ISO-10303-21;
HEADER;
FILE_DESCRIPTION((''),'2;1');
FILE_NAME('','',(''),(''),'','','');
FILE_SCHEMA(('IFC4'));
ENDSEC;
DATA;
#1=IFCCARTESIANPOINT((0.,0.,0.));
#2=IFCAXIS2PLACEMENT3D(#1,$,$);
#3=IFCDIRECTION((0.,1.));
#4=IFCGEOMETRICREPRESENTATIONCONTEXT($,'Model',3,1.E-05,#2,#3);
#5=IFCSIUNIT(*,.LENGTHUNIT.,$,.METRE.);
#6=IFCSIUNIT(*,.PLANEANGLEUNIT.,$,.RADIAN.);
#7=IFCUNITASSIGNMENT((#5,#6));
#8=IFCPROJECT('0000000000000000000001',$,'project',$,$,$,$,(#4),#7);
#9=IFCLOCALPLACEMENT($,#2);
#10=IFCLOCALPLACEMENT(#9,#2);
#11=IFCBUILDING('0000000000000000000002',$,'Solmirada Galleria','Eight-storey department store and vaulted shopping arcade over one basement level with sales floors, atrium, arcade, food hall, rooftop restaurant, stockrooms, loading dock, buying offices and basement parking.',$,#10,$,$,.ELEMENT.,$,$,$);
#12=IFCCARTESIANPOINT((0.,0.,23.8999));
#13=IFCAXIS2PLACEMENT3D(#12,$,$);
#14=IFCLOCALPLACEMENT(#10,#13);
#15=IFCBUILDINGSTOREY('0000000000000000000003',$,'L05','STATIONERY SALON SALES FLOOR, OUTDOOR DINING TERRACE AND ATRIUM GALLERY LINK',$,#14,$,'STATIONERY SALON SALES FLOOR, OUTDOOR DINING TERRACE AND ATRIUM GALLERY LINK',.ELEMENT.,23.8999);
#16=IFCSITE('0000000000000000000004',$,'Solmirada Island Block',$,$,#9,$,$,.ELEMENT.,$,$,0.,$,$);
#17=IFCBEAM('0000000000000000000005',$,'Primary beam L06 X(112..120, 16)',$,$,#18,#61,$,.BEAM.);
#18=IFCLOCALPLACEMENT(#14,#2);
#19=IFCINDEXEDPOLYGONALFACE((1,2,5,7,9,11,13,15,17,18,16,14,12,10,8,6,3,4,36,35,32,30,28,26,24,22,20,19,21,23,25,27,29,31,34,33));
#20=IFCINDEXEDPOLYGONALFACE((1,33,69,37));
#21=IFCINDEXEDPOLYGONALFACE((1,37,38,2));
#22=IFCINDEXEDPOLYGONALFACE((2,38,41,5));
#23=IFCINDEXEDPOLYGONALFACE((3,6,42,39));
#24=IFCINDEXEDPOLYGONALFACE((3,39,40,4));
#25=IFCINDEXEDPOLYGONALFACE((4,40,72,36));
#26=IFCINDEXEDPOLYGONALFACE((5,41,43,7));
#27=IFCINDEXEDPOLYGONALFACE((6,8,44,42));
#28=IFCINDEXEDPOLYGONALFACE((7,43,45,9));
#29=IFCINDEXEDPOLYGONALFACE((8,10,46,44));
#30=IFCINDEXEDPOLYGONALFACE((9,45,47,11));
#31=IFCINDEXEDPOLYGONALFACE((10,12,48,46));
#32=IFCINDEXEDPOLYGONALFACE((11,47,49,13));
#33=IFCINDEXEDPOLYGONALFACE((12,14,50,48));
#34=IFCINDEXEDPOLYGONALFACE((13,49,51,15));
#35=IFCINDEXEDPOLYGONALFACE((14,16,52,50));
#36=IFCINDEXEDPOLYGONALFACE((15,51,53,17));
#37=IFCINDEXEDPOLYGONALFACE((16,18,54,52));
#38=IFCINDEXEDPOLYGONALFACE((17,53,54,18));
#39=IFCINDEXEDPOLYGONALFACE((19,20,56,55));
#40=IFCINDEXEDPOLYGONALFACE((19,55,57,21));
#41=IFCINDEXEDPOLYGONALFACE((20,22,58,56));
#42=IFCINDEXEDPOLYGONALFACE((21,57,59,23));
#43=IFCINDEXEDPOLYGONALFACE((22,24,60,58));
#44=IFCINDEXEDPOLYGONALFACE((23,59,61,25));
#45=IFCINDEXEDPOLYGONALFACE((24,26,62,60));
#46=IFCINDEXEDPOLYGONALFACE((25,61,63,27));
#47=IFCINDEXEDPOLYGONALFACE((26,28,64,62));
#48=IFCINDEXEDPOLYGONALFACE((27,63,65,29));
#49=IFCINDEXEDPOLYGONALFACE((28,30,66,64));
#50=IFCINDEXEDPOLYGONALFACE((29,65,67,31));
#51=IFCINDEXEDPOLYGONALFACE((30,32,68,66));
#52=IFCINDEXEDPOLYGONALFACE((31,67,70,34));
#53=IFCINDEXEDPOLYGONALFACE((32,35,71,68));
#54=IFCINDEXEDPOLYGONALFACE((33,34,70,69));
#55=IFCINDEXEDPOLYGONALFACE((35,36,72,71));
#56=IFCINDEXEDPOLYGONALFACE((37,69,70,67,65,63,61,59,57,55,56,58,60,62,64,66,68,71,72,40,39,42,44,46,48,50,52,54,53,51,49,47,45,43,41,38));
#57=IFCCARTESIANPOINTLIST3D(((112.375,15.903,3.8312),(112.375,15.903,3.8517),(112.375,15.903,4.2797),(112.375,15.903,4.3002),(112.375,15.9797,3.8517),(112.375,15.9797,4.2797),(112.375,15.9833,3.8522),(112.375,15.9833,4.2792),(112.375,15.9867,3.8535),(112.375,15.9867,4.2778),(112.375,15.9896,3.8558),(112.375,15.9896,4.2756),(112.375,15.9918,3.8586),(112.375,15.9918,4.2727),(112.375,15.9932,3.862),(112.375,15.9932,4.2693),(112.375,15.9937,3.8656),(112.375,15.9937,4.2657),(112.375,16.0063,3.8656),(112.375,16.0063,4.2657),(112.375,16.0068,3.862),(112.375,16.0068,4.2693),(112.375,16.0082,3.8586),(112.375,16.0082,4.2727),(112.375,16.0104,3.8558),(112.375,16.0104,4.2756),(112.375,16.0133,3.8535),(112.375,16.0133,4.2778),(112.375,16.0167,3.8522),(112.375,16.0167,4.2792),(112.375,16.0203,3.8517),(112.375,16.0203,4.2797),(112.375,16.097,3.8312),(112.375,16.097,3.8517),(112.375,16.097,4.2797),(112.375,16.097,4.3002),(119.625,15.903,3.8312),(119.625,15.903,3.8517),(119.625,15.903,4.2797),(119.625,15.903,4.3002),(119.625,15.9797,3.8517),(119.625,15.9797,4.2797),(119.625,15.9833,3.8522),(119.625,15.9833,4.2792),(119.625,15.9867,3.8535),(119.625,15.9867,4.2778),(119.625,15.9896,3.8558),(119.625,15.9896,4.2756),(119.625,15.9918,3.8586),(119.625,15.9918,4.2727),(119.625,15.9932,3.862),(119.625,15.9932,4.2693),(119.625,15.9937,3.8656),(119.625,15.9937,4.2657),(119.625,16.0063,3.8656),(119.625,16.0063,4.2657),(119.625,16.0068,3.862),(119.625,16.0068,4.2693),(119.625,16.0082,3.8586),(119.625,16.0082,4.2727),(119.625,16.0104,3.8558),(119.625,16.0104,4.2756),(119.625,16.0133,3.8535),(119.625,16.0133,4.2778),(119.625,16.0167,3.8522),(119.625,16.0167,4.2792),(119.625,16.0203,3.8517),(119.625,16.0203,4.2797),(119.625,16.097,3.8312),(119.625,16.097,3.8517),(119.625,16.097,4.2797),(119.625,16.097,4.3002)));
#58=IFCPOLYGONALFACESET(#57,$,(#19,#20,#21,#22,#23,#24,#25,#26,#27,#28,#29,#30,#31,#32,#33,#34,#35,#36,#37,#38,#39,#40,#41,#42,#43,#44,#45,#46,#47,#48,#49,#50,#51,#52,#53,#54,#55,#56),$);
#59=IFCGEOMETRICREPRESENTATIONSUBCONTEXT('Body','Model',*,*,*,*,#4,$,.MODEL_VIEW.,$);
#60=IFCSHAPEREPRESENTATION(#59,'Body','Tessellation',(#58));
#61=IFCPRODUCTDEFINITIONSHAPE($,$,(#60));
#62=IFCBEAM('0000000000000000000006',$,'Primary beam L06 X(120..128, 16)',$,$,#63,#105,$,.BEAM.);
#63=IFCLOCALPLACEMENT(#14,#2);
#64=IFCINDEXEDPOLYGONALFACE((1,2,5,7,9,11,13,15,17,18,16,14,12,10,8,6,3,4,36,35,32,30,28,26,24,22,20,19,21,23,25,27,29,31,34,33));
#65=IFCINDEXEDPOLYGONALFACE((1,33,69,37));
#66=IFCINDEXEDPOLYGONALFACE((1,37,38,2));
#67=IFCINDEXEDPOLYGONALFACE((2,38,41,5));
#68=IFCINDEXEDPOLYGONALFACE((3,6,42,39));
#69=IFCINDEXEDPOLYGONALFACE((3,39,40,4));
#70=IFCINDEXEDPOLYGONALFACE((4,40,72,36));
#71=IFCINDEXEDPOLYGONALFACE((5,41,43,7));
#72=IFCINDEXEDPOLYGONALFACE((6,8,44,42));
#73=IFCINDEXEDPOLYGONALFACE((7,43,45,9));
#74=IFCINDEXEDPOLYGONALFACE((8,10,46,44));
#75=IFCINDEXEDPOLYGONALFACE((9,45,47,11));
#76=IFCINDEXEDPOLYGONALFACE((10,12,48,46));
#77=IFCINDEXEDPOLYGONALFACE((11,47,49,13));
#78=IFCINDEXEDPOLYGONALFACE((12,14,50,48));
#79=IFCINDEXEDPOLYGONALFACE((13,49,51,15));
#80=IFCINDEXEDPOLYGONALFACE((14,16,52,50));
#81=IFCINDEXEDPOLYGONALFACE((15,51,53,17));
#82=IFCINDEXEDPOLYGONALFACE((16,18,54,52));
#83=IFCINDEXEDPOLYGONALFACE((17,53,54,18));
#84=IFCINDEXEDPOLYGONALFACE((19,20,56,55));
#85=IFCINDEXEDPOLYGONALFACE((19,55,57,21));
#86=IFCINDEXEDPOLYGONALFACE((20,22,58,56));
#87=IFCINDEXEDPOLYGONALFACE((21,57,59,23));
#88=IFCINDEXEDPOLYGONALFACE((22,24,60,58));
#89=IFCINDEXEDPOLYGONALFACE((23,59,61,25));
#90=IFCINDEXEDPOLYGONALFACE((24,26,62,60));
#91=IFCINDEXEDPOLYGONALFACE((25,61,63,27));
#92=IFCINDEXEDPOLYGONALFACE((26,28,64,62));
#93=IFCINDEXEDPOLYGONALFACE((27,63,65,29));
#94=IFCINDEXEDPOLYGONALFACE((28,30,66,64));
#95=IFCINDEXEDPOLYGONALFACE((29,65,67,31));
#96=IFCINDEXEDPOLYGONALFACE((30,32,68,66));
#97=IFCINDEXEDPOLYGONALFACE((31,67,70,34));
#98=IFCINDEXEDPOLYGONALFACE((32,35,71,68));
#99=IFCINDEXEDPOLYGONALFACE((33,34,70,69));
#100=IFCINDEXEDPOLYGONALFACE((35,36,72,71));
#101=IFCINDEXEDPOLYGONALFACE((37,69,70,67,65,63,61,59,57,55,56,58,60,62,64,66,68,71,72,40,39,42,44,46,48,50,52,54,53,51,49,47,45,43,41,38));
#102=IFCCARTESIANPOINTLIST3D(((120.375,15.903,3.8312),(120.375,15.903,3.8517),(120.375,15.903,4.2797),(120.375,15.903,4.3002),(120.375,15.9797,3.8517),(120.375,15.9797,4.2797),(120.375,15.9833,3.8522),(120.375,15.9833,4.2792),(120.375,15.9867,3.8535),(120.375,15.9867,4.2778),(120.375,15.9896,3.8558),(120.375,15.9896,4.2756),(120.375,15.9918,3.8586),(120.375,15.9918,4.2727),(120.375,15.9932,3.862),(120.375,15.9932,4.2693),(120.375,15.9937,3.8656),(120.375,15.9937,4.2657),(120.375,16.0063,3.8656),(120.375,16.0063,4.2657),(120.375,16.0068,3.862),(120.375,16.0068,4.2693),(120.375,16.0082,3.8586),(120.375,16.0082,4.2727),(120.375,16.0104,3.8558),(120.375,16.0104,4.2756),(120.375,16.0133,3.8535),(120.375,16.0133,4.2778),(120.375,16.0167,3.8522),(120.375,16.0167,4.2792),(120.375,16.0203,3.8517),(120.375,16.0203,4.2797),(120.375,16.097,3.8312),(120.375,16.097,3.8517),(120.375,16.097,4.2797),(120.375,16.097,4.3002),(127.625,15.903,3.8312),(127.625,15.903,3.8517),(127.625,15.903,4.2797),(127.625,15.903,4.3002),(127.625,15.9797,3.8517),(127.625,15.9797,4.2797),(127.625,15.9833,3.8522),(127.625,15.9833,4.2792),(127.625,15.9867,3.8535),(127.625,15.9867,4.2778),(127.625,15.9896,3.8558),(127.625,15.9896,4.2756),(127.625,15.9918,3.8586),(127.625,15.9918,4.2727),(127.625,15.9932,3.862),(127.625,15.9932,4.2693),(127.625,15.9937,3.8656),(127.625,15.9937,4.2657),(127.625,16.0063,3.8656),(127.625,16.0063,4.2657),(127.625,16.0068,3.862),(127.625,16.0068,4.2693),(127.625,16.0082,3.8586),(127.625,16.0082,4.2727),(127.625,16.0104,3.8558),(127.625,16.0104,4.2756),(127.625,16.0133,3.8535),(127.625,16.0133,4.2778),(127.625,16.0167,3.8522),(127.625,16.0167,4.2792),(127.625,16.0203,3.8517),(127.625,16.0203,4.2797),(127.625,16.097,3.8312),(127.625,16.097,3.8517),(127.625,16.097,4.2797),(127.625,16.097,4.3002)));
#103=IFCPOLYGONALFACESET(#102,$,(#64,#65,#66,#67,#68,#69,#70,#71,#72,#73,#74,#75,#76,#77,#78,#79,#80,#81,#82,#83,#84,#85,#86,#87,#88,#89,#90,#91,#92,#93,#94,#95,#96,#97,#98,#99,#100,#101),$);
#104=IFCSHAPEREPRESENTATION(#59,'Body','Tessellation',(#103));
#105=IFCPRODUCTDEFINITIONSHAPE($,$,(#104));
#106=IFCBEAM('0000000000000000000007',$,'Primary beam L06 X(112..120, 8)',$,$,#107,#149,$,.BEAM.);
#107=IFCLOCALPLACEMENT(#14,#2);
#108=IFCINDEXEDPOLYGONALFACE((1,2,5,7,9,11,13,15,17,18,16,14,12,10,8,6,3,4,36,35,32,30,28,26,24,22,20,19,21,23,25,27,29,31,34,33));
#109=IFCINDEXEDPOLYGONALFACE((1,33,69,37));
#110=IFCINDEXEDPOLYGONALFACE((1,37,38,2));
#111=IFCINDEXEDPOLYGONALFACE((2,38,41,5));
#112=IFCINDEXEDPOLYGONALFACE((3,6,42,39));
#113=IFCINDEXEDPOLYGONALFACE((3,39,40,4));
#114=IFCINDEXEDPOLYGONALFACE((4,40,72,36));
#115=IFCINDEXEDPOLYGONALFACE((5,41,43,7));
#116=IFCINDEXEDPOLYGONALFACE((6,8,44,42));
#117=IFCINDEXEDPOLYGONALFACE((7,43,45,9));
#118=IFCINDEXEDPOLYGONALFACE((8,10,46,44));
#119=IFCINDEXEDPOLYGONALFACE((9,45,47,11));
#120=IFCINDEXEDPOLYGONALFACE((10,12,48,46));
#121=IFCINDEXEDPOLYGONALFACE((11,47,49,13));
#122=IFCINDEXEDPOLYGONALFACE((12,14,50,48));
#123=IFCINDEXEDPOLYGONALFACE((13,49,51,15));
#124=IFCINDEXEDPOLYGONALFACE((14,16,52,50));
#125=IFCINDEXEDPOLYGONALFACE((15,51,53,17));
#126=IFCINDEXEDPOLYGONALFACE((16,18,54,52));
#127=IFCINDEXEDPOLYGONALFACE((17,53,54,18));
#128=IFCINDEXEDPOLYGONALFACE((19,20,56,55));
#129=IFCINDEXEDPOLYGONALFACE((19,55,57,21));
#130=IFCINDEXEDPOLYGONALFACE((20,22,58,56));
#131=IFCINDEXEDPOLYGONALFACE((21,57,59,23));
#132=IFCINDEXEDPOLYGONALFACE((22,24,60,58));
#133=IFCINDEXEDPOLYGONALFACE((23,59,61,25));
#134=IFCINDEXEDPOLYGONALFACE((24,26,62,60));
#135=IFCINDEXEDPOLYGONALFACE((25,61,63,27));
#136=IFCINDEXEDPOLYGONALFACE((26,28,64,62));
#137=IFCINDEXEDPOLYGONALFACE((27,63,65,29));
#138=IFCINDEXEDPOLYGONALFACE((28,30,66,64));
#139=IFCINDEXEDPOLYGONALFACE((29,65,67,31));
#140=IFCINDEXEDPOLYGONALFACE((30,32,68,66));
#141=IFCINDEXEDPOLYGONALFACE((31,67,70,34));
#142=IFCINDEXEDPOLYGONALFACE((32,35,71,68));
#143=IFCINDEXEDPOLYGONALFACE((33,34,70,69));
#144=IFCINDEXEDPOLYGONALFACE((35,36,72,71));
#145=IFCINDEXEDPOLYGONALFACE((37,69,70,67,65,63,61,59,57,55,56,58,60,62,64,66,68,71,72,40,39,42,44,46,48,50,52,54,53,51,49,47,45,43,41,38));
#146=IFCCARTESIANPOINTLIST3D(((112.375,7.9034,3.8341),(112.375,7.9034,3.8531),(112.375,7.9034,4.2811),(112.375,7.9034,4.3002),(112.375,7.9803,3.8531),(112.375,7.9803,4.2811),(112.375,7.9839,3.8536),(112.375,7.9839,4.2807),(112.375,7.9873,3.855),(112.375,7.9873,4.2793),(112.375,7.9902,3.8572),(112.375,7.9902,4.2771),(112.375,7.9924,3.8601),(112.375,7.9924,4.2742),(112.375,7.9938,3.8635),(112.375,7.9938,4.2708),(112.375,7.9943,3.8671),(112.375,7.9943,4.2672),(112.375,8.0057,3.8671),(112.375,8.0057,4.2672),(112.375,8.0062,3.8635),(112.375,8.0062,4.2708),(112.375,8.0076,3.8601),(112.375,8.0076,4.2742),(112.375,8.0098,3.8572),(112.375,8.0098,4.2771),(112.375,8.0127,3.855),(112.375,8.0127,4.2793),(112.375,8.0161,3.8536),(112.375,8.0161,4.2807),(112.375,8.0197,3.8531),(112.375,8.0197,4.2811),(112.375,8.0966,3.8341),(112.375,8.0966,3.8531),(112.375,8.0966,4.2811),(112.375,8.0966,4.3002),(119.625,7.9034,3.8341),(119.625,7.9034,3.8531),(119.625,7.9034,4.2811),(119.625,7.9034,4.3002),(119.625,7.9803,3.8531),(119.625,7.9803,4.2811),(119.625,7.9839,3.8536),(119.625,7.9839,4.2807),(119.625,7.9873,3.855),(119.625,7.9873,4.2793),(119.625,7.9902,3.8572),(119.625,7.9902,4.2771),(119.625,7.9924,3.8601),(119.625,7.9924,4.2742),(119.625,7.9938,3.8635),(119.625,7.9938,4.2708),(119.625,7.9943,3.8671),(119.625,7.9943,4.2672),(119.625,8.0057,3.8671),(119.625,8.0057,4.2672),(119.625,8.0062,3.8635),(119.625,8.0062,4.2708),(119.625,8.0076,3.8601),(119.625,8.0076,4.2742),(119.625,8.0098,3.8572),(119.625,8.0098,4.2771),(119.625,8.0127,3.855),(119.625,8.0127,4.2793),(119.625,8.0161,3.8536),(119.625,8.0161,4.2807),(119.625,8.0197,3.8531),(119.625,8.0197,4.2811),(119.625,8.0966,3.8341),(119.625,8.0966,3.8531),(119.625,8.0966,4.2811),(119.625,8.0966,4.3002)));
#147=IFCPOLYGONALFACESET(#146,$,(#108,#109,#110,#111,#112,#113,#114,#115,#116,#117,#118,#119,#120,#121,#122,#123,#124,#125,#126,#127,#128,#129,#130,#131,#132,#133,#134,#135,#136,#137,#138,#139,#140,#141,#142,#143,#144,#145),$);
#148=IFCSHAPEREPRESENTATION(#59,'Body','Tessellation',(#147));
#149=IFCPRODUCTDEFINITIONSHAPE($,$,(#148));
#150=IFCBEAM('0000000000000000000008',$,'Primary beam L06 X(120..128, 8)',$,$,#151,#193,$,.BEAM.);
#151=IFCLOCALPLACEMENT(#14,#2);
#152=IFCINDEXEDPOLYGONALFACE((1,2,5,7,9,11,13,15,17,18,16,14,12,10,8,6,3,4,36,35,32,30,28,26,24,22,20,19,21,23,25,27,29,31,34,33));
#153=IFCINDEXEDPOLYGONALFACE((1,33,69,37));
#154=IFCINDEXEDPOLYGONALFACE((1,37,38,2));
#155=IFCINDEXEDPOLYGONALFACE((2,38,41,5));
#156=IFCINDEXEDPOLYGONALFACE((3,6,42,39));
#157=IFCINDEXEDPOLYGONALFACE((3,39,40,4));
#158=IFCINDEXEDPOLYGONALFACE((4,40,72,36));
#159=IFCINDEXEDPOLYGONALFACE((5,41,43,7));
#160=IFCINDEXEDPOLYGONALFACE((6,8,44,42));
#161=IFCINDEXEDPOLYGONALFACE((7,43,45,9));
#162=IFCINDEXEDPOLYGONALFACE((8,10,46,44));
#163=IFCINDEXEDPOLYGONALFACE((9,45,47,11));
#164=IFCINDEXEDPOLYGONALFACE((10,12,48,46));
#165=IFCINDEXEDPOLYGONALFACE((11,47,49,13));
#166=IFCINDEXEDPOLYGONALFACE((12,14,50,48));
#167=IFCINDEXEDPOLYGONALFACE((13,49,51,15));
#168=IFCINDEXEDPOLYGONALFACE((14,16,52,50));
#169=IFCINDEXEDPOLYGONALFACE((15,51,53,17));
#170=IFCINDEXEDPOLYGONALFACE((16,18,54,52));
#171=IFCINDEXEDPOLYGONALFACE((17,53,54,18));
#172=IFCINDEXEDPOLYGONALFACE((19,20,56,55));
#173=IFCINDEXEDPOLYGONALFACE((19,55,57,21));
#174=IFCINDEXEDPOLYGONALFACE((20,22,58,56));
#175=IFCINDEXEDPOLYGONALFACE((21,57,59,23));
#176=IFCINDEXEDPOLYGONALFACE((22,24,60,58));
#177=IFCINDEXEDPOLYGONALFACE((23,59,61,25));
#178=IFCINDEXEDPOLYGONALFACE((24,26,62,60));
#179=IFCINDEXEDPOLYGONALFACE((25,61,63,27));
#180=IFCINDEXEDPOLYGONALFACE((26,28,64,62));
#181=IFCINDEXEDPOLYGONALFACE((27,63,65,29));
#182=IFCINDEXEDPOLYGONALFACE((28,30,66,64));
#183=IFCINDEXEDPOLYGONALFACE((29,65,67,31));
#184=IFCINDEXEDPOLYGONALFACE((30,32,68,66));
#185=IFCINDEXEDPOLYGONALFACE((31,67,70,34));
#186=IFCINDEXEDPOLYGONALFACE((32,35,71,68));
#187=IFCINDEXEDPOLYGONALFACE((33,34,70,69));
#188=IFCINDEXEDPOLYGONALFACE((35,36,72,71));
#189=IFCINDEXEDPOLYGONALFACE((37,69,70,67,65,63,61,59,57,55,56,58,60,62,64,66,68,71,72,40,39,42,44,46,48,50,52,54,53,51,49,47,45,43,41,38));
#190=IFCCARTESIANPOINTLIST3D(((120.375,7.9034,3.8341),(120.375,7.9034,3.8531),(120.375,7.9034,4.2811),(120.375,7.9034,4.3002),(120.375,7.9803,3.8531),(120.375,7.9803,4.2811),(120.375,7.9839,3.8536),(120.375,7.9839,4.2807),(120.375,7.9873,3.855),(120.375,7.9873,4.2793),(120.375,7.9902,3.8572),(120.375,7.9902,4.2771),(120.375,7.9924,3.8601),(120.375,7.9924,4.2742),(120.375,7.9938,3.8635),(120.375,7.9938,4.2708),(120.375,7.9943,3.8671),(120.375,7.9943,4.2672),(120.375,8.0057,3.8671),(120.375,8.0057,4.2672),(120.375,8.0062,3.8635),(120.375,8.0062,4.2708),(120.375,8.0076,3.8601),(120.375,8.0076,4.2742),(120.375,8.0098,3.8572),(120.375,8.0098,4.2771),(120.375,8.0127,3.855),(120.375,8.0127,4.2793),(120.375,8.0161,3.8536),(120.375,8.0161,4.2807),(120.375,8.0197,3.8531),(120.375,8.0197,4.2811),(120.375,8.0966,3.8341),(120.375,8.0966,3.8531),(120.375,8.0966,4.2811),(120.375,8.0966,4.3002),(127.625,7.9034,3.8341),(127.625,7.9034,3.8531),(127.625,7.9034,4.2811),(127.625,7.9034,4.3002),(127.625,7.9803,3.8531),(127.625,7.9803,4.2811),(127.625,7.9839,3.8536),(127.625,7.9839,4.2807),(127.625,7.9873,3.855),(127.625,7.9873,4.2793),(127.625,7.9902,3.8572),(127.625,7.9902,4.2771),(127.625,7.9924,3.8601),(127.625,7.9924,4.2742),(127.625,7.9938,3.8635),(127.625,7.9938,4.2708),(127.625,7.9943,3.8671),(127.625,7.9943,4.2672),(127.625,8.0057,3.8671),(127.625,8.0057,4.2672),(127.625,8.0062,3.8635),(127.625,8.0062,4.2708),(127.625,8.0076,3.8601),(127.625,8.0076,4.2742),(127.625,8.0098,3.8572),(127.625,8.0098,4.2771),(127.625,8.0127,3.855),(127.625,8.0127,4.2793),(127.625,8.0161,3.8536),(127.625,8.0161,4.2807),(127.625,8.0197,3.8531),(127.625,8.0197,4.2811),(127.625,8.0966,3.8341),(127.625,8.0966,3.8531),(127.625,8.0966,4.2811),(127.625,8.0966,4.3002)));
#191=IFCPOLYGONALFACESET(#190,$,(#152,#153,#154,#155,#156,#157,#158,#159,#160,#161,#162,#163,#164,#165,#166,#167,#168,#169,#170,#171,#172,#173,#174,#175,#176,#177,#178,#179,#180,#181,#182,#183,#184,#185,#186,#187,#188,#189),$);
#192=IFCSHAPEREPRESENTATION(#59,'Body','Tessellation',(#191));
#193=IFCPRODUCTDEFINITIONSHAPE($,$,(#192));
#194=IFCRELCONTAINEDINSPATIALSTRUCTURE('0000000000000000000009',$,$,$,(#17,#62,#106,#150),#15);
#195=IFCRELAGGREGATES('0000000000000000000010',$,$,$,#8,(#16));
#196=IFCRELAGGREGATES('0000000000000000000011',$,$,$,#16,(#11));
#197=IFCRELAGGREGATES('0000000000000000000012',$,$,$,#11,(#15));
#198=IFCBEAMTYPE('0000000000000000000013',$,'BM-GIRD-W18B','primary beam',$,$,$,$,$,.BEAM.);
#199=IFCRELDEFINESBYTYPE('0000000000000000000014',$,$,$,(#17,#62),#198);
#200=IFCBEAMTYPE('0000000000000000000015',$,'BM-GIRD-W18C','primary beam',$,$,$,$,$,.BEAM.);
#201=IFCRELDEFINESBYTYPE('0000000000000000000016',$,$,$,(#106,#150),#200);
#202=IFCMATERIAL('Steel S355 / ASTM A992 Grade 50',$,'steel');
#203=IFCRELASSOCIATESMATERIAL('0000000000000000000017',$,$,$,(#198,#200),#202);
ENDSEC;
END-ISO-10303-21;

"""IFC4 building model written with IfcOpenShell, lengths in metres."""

from ifc_helpers import new_model, si_unit, direction, frame, origin, origin_2d, place, context, subcontext, project, spatial, i_section, extrude, material, material_profile, profile_set, type_object, element, save


model = new_model("IFC4")

# Units and contexts
model_context = context("Model", 3, precision=1e-05, world=origin(), true_north=direction((0.0, 1.0)))
body_context = subcontext(model_context, "Body", "Model", "MODEL_VIEW")
ifc_project = project(units=[si_unit("LENGTHUNIT", "METRE"), si_unit("PLANEANGLEUNIT", "RADIAN")], contexts=[model_context])

# Site, building, storey
site_placement = place(None, origin())
site = spatial("IfcSite", under=ifc_project, at=site_placement, Name="Solmirada Island Block", CompositionType="ELEMENT", RefElevation=0.0)
building_placement = place(site_placement, origin())
building = spatial("IfcBuilding", under=site, at=building_placement, Name="Solmirada Galleria", Description="Eight-storey department store and vaulted shopping arcade over one basement level with sales floors, atrium, arcade, food hall, rooftop restaurant, stockrooms, loading dock, buying offices and basement parking.", CompositionType="ELEMENT")
storey_placement = place(building_placement, frame((0.0, 0.0, 23.8999)))
storey = spatial("IfcBuildingStorey", under=building, at=storey_placement, Name="L05", Description="STATIONERY SALON SALES FLOOR, OUTDOOR DINING TERRACE AND ATRIUM GALLERY LINK", LongName="STATIONERY SALON SALES FLOOR, OUTDOOR DINING TERRACE AND ATRIUM GALLERY LINK", CompositionType="ELEMENT", Elevation=23.8999)

# Beams
ifc_material_1 = material(Name="Steel S355 / ASTM A992 Grade 50", Category="steel")
ifc_material_profile_1 = material_profile(ifc_material_1, i_section(OverallWidth=0.1941, OverallDepth=0.469, WebThickness=0.0127, FlangeThickness=0.0205, FilletRadius=0.0139, at=origin_2d()), Name="W18X71")
ifc_profile_set_1 = profile_set([ifc_material_profile_1], Name="Steel S355 / ASTM A992 Grade 50")
beam_type_1 = type_object("IfcBeamType", Name="BM-GIRD-W18B", Description="primary beam", PredefinedType="BEAM", material=ifc_profile_set_1)
for number, where, z_axis, x_axis, name in (
    (1, (112.375, 16.0, 4.0657), (1.0, 0.0, 0.0), (0.0, 1.0, 0.0), "Primary beam L06 X(112..120, 16)"),
    (2, (120.375, 16.0, 4.0657), (1.0, 0.0, 0.0), (0.0, 1.0, 0.0), "Primary beam L06 X(120..128, 16)"),
):
    element("IfcBeam", number, at=place(storey_placement, frame(where, z_axis=z_axis, x_axis=x_axis)), inside=storey, type_object=beam_type_1, Name=name, PredefinedType="BEAM", context=body_context, shape_type="SweptSolid", body=[
        extrude(i_section(OverallWidth=0.1941, OverallDepth=0.469, WebThickness=0.0127, FlangeThickness=0.0205, FilletRadius=0.0139, at=origin_2d()), origin(), (0.0, 0.0, 1.0), 7.25),
    ])
ifc_material_profile_2 = material_profile(ifc_material_1, i_section(OverallWidth=0.1931, OverallDepth=0.4661, WebThickness=0.0115, FlangeThickness=0.019, FilletRadius=0.0139, at=origin_2d()), Name="W18X65")
ifc_profile_set_2 = profile_set([ifc_material_profile_2], Name="Steel S355 / ASTM A992 Grade 50")
beam_type_2 = type_object("IfcBeamType", Name="BM-GIRD-W18C", Description="primary beam", PredefinedType="BEAM", material=ifc_profile_set_2)
for number, where, z_axis, x_axis, name in (
    (3, (112.375, 8.0, 4.0671), (1.0, 0.0, 0.0), (0.0, 1.0, 0.0), "Primary beam L06 X(112..120, 8)"),
    (4, (120.375, 8.0, 4.0671), (1.0, 0.0, 0.0), (0.0, 1.0, 0.0), "Primary beam L06 X(120..128, 8)"),
):
    element("IfcBeam", number, at=place(storey_placement, frame(where, z_axis=z_axis, x_axis=x_axis)), inside=storey, type_object=beam_type_2, Name=name, PredefinedType="BEAM", context=body_context, shape_type="SweptSolid", body=[
        extrude(i_section(OverallWidth=0.1931, OverallDepth=0.4661, WebThickness=0.0115, FlangeThickness=0.019, FilletRadius=0.0139, at=origin_2d()), origin(), (0.0, 0.0, 1.0), 7.25),
    ])

save(model, "model.ifc")
